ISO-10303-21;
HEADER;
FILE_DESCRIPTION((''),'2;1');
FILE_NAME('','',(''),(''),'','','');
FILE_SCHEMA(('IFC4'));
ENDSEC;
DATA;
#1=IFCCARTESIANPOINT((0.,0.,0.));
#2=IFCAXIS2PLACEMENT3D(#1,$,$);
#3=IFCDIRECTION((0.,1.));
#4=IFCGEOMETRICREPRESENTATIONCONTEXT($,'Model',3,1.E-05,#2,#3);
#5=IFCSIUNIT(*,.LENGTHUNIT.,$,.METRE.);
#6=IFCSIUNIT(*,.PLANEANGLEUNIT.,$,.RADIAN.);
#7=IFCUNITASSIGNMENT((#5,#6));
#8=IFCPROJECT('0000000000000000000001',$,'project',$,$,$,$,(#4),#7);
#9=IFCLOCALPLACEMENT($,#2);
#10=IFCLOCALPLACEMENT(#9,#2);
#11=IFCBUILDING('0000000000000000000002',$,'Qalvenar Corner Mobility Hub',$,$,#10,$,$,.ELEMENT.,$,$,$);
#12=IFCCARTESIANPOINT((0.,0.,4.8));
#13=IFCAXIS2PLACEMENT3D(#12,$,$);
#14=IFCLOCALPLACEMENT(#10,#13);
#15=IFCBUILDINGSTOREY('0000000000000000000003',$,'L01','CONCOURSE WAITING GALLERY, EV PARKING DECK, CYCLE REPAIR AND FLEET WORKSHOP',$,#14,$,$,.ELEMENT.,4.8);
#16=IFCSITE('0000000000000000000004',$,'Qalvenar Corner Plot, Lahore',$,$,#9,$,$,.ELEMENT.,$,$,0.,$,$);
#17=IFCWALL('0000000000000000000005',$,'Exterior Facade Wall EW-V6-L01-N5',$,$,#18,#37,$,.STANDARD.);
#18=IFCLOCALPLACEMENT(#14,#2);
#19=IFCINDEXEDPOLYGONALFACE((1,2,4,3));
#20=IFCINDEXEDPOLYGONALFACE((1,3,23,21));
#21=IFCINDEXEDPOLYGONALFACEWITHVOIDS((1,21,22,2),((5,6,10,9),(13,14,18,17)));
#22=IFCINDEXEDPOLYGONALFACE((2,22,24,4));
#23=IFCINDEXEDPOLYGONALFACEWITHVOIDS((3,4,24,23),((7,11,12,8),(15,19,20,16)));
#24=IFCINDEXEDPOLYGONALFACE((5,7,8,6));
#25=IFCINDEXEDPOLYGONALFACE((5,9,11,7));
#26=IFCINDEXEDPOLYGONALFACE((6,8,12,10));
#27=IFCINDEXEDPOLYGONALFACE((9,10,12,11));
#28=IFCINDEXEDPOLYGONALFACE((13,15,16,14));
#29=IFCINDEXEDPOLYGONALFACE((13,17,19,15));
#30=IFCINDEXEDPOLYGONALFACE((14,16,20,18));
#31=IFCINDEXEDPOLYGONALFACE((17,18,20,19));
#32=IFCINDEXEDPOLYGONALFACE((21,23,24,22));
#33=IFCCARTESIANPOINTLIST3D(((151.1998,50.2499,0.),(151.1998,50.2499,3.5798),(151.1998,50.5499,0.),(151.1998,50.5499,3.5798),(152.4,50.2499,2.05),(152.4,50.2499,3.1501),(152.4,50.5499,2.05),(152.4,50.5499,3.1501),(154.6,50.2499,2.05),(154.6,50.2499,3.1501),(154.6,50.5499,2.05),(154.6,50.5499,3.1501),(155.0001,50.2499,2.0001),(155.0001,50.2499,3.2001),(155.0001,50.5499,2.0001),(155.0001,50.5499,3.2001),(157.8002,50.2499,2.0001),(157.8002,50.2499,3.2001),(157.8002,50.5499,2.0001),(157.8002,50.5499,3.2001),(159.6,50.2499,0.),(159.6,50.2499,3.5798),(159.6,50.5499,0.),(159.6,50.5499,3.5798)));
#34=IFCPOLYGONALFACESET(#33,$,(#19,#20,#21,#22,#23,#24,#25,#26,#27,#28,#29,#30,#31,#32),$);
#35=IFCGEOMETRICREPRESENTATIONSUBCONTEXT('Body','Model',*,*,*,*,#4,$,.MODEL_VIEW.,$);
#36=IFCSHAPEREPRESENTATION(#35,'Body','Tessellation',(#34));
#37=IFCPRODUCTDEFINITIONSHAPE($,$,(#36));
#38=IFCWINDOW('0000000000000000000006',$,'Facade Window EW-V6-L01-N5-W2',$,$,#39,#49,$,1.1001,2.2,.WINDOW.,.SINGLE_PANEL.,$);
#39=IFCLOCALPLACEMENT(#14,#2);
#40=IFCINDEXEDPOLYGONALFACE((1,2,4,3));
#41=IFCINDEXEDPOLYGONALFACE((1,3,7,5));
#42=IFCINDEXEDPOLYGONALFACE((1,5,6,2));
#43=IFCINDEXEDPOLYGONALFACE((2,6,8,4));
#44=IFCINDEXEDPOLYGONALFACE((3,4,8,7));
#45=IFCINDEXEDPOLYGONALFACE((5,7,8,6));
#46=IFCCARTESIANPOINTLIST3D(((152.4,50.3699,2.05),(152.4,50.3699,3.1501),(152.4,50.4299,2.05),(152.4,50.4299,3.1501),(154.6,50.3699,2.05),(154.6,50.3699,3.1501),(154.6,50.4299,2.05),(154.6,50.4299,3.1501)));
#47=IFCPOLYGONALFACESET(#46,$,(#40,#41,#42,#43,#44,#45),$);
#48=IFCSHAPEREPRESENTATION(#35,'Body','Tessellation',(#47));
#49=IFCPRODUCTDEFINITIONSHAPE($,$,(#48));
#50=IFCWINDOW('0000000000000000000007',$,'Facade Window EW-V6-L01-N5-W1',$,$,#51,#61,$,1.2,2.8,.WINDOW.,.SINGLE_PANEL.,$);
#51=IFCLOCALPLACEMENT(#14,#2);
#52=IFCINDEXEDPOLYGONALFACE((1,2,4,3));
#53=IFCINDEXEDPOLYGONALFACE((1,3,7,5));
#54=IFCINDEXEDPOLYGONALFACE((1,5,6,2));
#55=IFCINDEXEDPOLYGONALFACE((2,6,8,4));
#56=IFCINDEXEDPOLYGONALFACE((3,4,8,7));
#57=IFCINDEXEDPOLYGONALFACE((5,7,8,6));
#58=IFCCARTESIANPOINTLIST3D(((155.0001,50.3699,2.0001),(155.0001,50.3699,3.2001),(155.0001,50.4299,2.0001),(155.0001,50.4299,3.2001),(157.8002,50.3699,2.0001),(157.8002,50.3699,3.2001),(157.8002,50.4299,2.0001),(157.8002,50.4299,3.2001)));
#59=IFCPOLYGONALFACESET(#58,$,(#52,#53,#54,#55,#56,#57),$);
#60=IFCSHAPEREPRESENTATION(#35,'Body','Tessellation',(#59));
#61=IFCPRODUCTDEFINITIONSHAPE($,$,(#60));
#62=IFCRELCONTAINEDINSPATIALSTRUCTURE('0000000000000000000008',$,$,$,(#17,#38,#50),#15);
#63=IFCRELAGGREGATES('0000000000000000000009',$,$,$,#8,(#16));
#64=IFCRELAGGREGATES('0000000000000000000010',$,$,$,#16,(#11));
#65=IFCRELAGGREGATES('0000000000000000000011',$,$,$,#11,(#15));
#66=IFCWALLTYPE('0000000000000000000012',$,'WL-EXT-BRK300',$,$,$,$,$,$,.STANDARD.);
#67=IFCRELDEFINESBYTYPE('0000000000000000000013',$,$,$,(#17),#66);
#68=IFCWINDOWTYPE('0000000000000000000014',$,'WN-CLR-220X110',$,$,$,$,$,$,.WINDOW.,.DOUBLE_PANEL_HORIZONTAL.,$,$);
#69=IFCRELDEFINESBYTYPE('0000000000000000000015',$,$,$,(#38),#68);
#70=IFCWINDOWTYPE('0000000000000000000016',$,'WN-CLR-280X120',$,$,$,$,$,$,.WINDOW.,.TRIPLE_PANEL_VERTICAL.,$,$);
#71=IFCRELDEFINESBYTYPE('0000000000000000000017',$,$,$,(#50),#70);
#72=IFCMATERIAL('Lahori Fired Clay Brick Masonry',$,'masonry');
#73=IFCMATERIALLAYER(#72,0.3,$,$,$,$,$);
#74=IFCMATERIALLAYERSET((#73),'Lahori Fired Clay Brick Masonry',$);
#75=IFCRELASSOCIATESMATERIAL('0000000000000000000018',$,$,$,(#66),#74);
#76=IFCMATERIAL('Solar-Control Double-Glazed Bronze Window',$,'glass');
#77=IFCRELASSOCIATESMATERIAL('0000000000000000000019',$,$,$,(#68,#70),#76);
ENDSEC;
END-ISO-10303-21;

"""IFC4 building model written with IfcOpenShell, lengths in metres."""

from ifc_helpers import new_model, si_unit, direction, frame, frame_2d, origin, place, context, subcontext, project, spatial, rectangle, extrude, material, layer, layer_set, type_object, element, fill, save


model = new_model("IFC4")

# Units and contexts
model_context = context("Model", 3, precision=1e-05, world=origin(), true_north=direction((0.0, 1.0)))
body_context = subcontext(model_context, "Body", "Model", "MODEL_VIEW")
ifc_project = project(units=[si_unit("LENGTHUNIT", "METRE"), si_unit("PLANEANGLEUNIT", "RADIAN")], contexts=[model_context])

# Site, building, storey
site_placement = place(None, origin())
site = spatial("IfcSite", under=ifc_project, at=site_placement, Name="Qalvenar Corner Plot, Lahore", CompositionType="ELEMENT", RefElevation=0.0)
building_placement = place(site_placement, origin())
building = spatial("IfcBuilding", under=site, at=building_placement, Name="Qalvenar Corner Mobility Hub", CompositionType="ELEMENT")
storey_placement = place(building_placement, frame((0.0, 0.0, 4.8)))
storey = spatial("IfcBuildingStorey", under=building, at=storey_placement, Name="L01", Description="CONCOURSE WAITING GALLERY, EV PARKING DECK, CYCLE REPAIR AND FLEET WORKSHOP", CompositionType="ELEMENT", Elevation=4.8)

# Wall, openings, windows
ifc_material_1 = material(Name="Lahori Fired Clay Brick Masonry", Category="masonry")
ifc_layer_1 = layer(ifc_material_1, 0.3)
ifc_layer_set_1 = layer_set([ifc_layer_1], Name="Lahori Fired Clay Brick Masonry")
wall_type = type_object("IfcWallType", Name="WL-EXT-BRK300", PredefinedType="STANDARD", material=ifc_layer_set_1)
ifc_material_2 = material(Name="Solar-Control Double-Glazed Bronze Window", Category="glass")
wall_1_placement = place(storey_placement, frame((159.6001, 50.3999, 0.0), z_axis=(0.0, 0.0, 1.0), x_axis=(-1.0, 0.0, 0.0)))
wall_1 = element("IfcWall", 1, at=wall_1_placement, inside=storey, type_object=wall_type, Name="Exterior Facade Wall EW-V6-L01-N5", PredefinedType="STANDARD", context=body_context, shape_type="SweptSolid", body=[
    extrude(rectangle(XDim=8.4001, YDim=0.3, at=frame_2d((4.2002, 0.0))), origin(), (0.0, 0.0, 1.0), 3.5798),
])
opening_1_placement = place(wall_1_placement, frame((1.8, 0.0, 2.0)))
opening_1 = element("IfcOpeningElement", 2, at=opening_1_placement, cuts=wall_1, PredefinedType="OPENING", context=body_context, shape_type="SweptSolid", body=[
    extrude(rectangle(XDim=2.8, YDim=1.2, at=frame_2d((1.3999, 0.6001))), frame((0.0, 0.1602, 0.0), z_axis=(0.0, -1.0, 0.0), x_axis=(1.0, 0.0, 0.0)), (0.0, 0.0, 1.0), 0.3201),
])
opening_2_placement = place(wall_1_placement, frame((5.0, 0.0, 2.05)))
opening_2 = element("IfcOpeningElement", 3, at=opening_2_placement, cuts=wall_1, PredefinedType="OPENING", context=body_context, shape_type="SweptSolid", body=[
    extrude(rectangle(XDim=2.2, YDim=1.1001, at=frame_2d((1.1001, 0.55))), frame((0.0, 0.1602, 0.0), z_axis=(0.0, -1.0, 0.0), x_axis=(1.0, 0.0, 0.0)), (0.0, 0.0, 1.0), 0.3201),
])
window_type_1 = type_object("IfcWindowType", Name="WN-CLR-220X110", PartitioningType="DOUBLE_PANEL_HORIZONTAL", PredefinedType="WINDOW", material=ifc_material_2)
window_1_placement = place(opening_2_placement, origin())
window_1 = element("IfcWindow", 4, at=window_1_placement, inside=storey, type_object=window_type_1, Name="Facade Window EW-V6-L01-N5-W2", OverallHeight=1.1001, OverallWidth=2.2, PartitioningType="SINGLE_PANEL", PredefinedType="WINDOW", context=body_context, shape_type="SweptSolid", body=[
    extrude(rectangle(XDim=2.2, YDim=1.1001, at=frame_2d((1.1001, 0.55))), frame((0.0, 0.03, 0.0), z_axis=(0.0, -1.0, 0.0), x_axis=(1.0, 0.0, 0.0)), (0.0, 0.0, 1.0), 0.0601),
])
fill(opening_2, window_1)
window_type_2 = type_object("IfcWindowType", Name="WN-CLR-280X120", PartitioningType="TRIPLE_PANEL_VERTICAL", PredefinedType="WINDOW", material=ifc_material_2)
window_2_placement = place(opening_1_placement, origin())
window_2 = element("IfcWindow", 5, at=window_2_placement, inside=storey, type_object=window_type_2, Name="Facade Window EW-V6-L01-N5-W1", OverallHeight=1.2, OverallWidth=2.8, PartitioningType="SINGLE_PANEL", PredefinedType="WINDOW", context=body_context, shape_type="SweptSolid", body=[
    extrude(rectangle(XDim=2.8, YDim=1.2, at=frame_2d((1.3999, 0.6001))), frame((0.0, 0.03, 0.0), z_axis=(0.0, -1.0, 0.0), x_axis=(1.0, 0.0, 0.0)), (0.0, 0.0, 1.0), 0.0601),
])
fill(opening_1, window_2)

save(model, "model.ifc")
